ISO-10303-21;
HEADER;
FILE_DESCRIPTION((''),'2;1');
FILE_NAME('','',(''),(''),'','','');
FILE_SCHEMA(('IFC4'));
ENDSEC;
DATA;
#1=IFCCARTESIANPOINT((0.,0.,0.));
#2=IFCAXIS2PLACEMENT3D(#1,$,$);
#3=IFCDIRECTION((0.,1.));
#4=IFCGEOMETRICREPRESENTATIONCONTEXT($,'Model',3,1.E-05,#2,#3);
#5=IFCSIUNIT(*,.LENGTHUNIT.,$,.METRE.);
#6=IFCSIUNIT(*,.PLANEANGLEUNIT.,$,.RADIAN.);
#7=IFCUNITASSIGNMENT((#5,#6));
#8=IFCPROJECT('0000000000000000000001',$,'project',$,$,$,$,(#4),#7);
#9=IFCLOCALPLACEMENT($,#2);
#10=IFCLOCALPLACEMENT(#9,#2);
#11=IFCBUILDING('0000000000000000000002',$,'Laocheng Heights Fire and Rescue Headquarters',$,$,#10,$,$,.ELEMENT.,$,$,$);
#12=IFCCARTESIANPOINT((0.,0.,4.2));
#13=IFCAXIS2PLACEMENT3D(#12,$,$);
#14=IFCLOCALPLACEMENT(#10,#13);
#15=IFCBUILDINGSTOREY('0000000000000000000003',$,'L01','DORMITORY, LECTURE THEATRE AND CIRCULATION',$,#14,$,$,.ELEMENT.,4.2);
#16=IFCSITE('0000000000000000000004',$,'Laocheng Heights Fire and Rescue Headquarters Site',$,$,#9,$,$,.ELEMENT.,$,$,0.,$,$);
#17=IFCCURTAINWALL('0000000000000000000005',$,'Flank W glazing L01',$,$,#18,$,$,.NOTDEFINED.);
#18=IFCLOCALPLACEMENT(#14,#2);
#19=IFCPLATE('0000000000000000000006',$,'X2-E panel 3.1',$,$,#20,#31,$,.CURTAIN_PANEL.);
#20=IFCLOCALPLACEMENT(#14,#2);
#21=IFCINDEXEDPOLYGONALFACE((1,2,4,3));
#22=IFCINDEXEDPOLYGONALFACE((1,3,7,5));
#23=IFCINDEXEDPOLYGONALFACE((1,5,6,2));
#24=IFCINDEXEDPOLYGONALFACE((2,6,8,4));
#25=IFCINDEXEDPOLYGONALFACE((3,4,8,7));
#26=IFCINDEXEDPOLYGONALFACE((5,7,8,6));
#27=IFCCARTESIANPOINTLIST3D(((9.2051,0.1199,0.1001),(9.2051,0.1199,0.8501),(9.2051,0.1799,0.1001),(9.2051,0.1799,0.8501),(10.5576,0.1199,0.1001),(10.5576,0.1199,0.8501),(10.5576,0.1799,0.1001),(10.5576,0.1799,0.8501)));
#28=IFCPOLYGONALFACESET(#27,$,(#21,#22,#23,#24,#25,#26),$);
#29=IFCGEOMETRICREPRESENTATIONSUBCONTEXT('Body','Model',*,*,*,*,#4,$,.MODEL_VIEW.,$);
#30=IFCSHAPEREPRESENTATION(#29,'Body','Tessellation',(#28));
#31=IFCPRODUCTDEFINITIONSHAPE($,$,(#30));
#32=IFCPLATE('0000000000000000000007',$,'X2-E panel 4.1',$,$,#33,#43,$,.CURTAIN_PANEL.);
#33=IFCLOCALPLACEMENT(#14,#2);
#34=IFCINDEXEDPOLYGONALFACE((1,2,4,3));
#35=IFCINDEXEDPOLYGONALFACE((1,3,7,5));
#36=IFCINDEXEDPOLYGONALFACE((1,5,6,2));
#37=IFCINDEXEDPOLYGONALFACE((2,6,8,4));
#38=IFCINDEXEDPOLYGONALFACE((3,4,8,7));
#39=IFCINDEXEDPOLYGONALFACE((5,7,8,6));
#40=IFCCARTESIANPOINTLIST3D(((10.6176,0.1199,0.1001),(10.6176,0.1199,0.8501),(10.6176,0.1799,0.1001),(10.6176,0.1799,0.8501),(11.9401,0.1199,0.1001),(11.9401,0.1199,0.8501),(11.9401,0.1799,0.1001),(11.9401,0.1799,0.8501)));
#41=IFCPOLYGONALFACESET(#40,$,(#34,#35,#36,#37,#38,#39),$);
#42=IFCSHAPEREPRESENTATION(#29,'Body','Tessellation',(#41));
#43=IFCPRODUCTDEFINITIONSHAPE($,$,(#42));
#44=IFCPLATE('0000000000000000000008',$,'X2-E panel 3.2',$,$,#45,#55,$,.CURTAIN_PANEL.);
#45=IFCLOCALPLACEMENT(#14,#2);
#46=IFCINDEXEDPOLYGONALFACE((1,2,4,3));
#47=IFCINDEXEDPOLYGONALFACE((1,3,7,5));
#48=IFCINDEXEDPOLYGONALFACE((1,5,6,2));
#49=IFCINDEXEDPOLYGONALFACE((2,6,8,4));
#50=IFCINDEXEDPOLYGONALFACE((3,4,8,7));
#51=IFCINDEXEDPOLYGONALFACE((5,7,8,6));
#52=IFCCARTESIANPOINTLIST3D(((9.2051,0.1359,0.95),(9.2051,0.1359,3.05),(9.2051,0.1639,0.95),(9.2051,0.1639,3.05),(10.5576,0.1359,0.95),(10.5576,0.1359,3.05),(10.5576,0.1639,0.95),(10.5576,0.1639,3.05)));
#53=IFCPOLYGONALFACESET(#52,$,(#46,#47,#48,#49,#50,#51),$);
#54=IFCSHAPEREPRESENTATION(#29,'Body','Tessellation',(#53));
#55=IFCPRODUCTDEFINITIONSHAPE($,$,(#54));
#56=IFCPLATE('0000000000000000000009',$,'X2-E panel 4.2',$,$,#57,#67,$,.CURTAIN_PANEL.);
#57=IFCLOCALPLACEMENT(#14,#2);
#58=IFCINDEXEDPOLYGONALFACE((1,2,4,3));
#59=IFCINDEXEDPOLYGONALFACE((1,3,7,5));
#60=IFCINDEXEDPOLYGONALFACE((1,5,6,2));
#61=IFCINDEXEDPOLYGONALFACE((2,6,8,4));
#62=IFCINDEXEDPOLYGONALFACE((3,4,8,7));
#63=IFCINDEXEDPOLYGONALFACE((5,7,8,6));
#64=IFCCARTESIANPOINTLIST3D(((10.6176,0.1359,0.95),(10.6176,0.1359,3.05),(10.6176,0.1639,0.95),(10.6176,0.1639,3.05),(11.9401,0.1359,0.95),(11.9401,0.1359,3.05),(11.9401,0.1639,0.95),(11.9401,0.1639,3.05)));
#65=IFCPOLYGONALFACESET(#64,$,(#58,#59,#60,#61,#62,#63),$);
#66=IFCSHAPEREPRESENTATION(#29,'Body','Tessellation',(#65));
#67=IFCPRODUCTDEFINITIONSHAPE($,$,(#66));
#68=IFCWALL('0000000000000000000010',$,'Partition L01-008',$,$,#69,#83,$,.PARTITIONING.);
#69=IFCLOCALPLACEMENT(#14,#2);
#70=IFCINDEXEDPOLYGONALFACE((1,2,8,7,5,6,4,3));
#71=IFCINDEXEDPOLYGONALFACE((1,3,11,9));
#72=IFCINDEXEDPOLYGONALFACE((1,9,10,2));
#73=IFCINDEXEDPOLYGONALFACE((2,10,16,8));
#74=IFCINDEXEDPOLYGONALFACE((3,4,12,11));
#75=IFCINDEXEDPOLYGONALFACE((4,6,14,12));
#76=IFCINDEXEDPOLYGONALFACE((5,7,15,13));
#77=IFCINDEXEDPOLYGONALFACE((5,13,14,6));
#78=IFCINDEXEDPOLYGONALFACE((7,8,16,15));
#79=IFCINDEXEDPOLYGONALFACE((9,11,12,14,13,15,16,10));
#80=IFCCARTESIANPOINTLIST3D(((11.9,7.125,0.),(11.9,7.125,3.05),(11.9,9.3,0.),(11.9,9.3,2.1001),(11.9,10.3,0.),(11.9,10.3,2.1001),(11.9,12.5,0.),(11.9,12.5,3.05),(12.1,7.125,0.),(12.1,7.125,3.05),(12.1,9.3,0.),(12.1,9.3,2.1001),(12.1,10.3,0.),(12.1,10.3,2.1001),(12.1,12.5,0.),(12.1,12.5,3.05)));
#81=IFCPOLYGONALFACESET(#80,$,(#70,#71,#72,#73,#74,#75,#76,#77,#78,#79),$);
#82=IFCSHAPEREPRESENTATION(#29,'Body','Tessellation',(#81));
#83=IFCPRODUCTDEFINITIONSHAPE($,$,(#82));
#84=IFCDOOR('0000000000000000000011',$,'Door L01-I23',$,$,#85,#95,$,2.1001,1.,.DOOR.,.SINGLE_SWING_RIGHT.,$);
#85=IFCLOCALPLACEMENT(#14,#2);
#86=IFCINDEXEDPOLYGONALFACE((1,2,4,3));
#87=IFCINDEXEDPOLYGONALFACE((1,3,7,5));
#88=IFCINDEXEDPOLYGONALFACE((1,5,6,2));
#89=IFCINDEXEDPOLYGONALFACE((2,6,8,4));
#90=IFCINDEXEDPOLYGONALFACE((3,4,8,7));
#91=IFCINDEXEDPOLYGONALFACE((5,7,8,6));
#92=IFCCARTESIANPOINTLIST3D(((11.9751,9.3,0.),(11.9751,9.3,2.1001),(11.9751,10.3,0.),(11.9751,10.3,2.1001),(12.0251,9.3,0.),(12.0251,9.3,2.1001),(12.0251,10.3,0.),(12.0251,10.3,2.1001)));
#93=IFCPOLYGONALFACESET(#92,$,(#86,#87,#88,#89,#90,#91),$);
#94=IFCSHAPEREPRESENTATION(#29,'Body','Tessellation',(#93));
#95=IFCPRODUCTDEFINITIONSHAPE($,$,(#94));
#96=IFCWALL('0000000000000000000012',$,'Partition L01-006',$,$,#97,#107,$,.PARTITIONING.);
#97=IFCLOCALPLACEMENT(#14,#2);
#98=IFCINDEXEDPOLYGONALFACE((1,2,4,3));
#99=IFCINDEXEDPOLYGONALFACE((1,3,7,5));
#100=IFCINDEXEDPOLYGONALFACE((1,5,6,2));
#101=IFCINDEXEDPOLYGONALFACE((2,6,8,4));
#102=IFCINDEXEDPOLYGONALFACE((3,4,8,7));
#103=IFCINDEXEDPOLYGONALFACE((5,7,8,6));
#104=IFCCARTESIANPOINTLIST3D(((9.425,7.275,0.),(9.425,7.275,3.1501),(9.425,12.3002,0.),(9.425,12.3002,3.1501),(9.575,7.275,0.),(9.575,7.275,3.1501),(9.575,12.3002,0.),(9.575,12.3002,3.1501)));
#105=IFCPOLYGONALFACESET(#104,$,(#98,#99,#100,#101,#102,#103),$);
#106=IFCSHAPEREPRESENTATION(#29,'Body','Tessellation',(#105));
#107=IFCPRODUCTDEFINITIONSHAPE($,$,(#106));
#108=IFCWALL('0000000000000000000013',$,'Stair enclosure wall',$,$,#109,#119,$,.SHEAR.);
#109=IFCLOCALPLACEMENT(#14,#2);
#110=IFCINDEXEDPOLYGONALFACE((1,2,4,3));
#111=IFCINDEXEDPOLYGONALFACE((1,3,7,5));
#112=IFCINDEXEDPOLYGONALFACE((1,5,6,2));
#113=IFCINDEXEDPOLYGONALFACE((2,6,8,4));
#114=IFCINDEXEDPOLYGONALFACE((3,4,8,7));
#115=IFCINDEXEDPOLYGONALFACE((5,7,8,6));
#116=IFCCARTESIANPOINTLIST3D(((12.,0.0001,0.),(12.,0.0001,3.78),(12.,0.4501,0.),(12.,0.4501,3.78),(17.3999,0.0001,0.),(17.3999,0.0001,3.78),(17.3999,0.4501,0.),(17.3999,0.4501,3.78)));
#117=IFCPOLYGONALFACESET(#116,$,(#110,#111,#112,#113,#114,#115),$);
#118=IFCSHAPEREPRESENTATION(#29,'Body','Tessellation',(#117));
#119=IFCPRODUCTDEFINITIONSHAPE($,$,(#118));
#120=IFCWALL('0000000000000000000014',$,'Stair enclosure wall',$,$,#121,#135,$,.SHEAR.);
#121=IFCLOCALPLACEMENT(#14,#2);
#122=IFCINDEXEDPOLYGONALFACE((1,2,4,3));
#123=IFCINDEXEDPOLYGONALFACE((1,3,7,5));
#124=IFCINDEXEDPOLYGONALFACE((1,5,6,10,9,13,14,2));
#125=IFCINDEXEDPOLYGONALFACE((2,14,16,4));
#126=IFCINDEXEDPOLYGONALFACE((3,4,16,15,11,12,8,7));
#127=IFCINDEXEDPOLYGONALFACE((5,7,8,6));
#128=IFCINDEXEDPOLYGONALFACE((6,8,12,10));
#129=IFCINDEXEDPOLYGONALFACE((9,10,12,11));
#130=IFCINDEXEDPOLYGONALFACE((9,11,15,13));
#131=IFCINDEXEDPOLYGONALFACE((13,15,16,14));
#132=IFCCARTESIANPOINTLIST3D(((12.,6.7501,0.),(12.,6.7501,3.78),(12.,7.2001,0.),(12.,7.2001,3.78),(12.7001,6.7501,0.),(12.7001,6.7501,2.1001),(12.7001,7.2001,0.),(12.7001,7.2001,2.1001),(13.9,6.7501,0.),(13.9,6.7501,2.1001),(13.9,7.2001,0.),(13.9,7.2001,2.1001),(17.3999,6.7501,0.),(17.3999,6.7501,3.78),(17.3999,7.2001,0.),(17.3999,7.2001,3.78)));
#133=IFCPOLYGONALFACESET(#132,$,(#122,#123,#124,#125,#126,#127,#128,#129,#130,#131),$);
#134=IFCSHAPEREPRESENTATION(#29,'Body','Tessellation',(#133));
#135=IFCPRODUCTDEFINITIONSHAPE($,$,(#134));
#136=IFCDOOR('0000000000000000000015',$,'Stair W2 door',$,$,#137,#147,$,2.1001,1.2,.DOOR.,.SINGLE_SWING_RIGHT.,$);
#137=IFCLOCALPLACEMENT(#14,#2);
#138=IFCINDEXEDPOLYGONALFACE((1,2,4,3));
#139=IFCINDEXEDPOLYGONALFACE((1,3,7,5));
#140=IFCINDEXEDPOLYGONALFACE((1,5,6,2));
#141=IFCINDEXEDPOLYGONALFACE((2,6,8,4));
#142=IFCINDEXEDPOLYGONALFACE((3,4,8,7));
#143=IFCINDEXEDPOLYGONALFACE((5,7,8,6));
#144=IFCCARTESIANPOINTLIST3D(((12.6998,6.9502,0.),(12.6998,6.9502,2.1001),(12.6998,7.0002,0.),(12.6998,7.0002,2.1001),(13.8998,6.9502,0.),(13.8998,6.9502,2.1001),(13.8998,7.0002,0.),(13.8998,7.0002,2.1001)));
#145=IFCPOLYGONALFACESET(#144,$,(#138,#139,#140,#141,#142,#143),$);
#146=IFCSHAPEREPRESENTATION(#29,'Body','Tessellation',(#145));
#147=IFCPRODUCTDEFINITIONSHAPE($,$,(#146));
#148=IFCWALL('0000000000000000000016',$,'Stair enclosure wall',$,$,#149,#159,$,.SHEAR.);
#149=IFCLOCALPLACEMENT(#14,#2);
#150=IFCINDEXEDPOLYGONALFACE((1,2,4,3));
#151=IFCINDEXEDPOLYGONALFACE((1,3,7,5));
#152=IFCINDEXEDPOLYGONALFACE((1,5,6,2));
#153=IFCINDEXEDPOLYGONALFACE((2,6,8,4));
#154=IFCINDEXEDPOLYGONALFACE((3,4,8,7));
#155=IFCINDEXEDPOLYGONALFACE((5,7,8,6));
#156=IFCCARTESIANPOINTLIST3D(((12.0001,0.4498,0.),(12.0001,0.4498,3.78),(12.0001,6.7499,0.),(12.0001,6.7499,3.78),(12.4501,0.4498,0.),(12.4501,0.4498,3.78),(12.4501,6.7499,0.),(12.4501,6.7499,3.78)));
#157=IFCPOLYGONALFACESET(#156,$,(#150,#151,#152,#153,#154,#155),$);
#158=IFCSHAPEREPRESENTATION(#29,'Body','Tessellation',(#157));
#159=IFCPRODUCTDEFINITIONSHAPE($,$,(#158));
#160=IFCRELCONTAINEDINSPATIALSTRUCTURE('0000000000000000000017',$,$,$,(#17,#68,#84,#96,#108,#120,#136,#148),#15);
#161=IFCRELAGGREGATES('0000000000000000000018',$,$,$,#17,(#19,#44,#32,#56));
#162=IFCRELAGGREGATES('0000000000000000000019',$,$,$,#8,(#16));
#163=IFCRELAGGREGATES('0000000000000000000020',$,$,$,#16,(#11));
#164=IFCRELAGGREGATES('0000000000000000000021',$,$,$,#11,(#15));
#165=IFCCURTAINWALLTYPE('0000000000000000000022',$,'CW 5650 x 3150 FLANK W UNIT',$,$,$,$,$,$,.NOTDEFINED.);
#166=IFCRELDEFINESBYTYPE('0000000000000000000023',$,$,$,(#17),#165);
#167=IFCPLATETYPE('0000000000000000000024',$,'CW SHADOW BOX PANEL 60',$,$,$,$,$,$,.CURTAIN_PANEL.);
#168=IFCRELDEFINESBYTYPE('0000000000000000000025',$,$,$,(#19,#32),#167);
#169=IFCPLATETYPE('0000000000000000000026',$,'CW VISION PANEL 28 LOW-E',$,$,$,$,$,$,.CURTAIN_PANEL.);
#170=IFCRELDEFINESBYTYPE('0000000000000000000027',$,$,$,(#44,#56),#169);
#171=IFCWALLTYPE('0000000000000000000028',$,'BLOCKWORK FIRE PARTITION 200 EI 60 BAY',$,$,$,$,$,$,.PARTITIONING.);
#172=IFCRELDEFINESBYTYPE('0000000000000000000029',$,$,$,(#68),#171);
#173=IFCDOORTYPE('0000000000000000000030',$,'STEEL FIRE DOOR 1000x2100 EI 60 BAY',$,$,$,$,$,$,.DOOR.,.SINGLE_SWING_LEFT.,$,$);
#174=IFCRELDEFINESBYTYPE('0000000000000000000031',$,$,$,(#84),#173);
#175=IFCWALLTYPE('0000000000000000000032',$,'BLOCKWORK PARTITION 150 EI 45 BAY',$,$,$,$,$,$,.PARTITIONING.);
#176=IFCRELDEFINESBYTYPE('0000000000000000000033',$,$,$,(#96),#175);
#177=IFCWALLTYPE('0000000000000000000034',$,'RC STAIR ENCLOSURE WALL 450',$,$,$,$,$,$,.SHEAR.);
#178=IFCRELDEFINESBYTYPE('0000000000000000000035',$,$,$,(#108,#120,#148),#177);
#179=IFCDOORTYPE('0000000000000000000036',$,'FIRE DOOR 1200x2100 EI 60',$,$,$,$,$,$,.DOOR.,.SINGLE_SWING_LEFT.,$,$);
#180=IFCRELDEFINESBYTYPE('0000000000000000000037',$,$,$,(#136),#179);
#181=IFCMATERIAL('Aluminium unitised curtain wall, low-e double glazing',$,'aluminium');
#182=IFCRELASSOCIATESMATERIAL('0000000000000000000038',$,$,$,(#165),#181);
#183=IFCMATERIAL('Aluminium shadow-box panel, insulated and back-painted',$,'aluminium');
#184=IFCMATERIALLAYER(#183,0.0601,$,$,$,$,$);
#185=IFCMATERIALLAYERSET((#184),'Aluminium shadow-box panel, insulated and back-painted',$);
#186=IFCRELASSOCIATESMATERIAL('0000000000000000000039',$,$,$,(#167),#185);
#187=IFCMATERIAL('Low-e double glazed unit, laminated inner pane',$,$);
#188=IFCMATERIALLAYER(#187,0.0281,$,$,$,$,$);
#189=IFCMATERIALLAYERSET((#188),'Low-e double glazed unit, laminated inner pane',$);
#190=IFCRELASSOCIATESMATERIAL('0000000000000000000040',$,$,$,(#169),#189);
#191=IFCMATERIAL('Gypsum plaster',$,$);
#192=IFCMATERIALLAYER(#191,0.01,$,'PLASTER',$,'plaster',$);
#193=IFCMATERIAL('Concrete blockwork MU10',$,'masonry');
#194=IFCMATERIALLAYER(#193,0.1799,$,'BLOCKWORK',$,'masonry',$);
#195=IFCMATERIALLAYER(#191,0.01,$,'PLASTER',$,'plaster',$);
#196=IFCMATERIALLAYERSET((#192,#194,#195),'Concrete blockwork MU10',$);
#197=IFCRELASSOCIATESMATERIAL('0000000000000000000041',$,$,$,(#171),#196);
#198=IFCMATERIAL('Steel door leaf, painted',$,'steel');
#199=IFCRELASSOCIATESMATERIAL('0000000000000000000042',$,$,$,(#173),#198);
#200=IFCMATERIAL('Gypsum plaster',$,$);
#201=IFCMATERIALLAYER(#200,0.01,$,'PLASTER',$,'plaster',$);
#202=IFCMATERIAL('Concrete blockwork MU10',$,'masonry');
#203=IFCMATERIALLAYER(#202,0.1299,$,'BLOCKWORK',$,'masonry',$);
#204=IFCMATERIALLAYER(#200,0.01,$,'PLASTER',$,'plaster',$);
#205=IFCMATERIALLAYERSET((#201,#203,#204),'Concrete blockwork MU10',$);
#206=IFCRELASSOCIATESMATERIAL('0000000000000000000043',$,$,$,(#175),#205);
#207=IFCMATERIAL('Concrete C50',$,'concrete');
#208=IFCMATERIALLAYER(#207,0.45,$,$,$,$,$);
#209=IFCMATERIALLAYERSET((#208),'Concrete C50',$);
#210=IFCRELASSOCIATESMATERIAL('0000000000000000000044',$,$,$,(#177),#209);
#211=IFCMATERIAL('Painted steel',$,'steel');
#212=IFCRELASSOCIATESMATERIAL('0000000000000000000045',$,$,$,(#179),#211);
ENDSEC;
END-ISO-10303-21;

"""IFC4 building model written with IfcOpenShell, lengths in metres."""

from ifc_helpers import new_model, si_unit, direction, frame, frame_2d, origin, origin_2d, place, context, subcontext, project, spatial, rectangle, extrude, material, layer, layer_set, type_object, element, fill, aggregate, save


model = new_model("IFC4")

# Units and contexts
model_context = context("Model", 3, precision=1e-05, world=origin(), true_north=direction((0.0, 1.0)))
body_context = subcontext(model_context, "Body", "Model", "MODEL_VIEW")
ifc_project = project(units=[si_unit("LENGTHUNIT", "METRE"), si_unit("PLANEANGLEUNIT", "RADIAN")], contexts=[model_context])

# Site, building, storey
site_placement = place(None, origin())
site = spatial("IfcSite", under=ifc_project, at=site_placement, Name="Laocheng Heights Fire and Rescue Headquarters Site", CompositionType="ELEMENT", RefElevation=0.0)
building_placement = place(site_placement, origin())
building = spatial("IfcBuilding", under=site, at=building_placement, Name="Laocheng Heights Fire and Rescue Headquarters", CompositionType="ELEMENT")
storey_placement = place(building_placement, frame((0.0, 0.0, 4.2)))
storey = spatial("IfcBuildingStorey", under=building, at=storey_placement, Name="L01", Description="DORMITORY, LECTURE THEATRE AND CIRCULATION", CompositionType="ELEMENT", Elevation=4.2)

# Curtain wall
ifc_material_1 = material(Name="Aluminium unitised curtain wall, low-e double glazing", Category="aluminium")
curtain_wall_type = type_object("IfcCurtainWallType", Name="CW 5650 x 3150 FLANK W UNIT", PredefinedType="NOTDEFINED", material=ifc_material_1)
curtain_wall_placement = place(storey_placement, origin())
curtain_wall = element("IfcCurtainWall", 1, at=curtain_wall_placement, inside=storey, type_object=curtain_wall_type, Name="Flank W glazing L01", PredefinedType="NOTDEFINED")

# Plates
ifc_material_2 = material(Name="Aluminium shadow-box panel, insulated and back-painted", Category="aluminium")
ifc_layer_1 = layer(ifc_material_2, 0.0601)
ifc_layer_set_1 = layer_set([ifc_layer_1], Name="Aluminium shadow-box panel, insulated and back-painted")
plate_type_1 = type_object("IfcPlateType", Name="CW SHADOW BOX PANEL 60", PredefinedType="CURTAIN_PANEL", material=ifc_layer_set_1)
plate_1_placement = place(storey_placement, frame((9.8813, 0.1499, 0.1001), z_axis=(0.0, 0.0, 1.0), x_axis=(1.0, 0.0, 0.0)))
plate_1 = element("IfcPlate", 2, at=plate_1_placement, type_object=plate_type_1, Name="X2-E panel 3.1", PredefinedType="CURTAIN_PANEL", context=body_context, shape_type="SweptSolid", body=[
    extrude(rectangle(XDim=1.3525, YDim=0.0601, at=origin_2d()), origin(), (0.0, 0.0, 1.0), 0.75),
])
plate_2_placement = place(storey_placement, frame((11.2788, 0.1499, 0.1001), z_axis=(0.0, 0.0, 1.0), x_axis=(1.0, 0.0, 0.0)))
plate_2 = element("IfcPlate", 3, at=plate_2_placement, type_object=plate_type_1, Name="X2-E panel 4.1", PredefinedType="CURTAIN_PANEL", context=body_context, shape_type="SweptSolid", body=[
    extrude(rectangle(XDim=1.3225, YDim=0.0601, at=origin_2d()), origin(), (0.0, 0.0, 1.0), 0.75),
])
ifc_material_3 = material(Name="Low-e double glazed unit, laminated inner pane")
ifc_layer_2 = layer(ifc_material_3, 0.0281)
ifc_layer_set_2 = layer_set([ifc_layer_2], Name="Low-e double glazed unit, laminated inner pane")
plate_type_2 = type_object("IfcPlateType", Name="CW VISION PANEL 28 LOW-E", PredefinedType="CURTAIN_PANEL", material=ifc_layer_set_2)
plate_3_placement = place(storey_placement, frame((9.8813, 0.1499, 0.95), z_axis=(0.0, 0.0, 1.0), x_axis=(1.0, 0.0, 0.0)))
plate_3 = element("IfcPlate", 4, at=plate_3_placement, type_object=plate_type_2, Name="X2-E panel 3.2", PredefinedType="CURTAIN_PANEL", context=body_context, shape_type="SweptSolid", body=[
    extrude(rectangle(XDim=1.3525, YDim=0.0281, at=origin_2d()), origin(), (0.0, 0.0, 1.0), 2.1001),
])
plate_4_placement = place(storey_placement, frame((11.2788, 0.1499, 0.95), z_axis=(0.0, 0.0, 1.0), x_axis=(1.0, 0.0, 0.0)))
plate_4 = element("IfcPlate", 5, at=plate_4_placement, type_object=plate_type_2, Name="X2-E panel 4.2", PredefinedType="CURTAIN_PANEL", context=body_context, shape_type="SweptSolid", body=[
    extrude(rectangle(XDim=1.3225, YDim=0.0281, at=origin_2d()), origin(), (0.0, 0.0, 1.0), 2.1001),
])
aggregate(curtain_wall, [plate_1, plate_3, plate_2, plate_4])

# Wall, opening, door
ifc_material_4 = material(Name="Gypsum plaster")
ifc_layer_3 = layer(ifc_material_4, 0.01, Name="PLASTER", Category="plaster")
ifc_material_5 = material(Name="Concrete blockwork MU10", Category="masonry")
ifc_layer_4 = layer(ifc_material_5, 0.1799, Name="BLOCKWORK", Category="masonry")
ifc_layer_5 = layer(ifc_material_4, 0.01, Name="PLASTER", Category="plaster")
ifc_layer_set_3 = layer_set([ifc_layer_3, ifc_layer_4, ifc_layer_5], Name="Concrete blockwork MU10")
wall_type_1 = type_object("IfcWallType", Name="BLOCKWORK FIRE PARTITION 200 EI 60 BAY", PredefinedType="PARTITIONING", material=ifc_layer_set_3)
wall_1_placement = place(storey_placement, frame((12.0, 7.125, 0.0), z_axis=(0.0, 0.0, 1.0), x_axis=(0.0, 1.0, 0.0)))
wall_1 = element("IfcWall", 6, at=wall_1_placement, inside=storey, type_object=wall_type_1, Name="Partition L01-008", PredefinedType="PARTITIONING", context=body_context, shape_type="SweptSolid", body=[
    extrude(rectangle(XDim=5.375, YDim=0.2, at=frame_2d((2.6875, 0.0))), origin(), (0.0, 0.0, 1.0), 3.05),
])
opening_1_placement = place(wall_1_placement, frame((2.175, 0.0, 0.0)))
opening_1 = element("IfcOpeningElement", 7, at=opening_1_placement, cuts=wall_1, PredefinedType="OPENING", context=body_context, shape_type="SweptSolid", body=[
    extrude(rectangle(XDim=1.0, YDim=2.1001, at=frame_2d((0.5, 1.05))), frame((0.0, 0.1099, 0.0), z_axis=(0.0, -1.0, 0.0), x_axis=(1.0, 0.0, 0.0)), (0.0, 0.0, 1.0), 0.22),
])
ifc_material_6 = material(Name="Steel door leaf, painted", Category="steel")
door_type_1 = type_object("IfcDoorType", Name="STEEL FIRE DOOR 1000x2100 EI 60 BAY", OperationType="SINGLE_SWING_LEFT", PredefinedType="DOOR", material=ifc_material_6)
door_1_placement = place(opening_1_placement, origin())
door_1 = element("IfcDoor", 8, at=door_1_placement, inside=storey, type_object=door_type_1, Name="Door L01-I23", OperationType="SINGLE_SWING_RIGHT", OverallHeight=2.1001, OverallWidth=1.0, PredefinedType="DOOR", context=body_context, shape_type="SweptSolid", body=[
    extrude(rectangle(XDim=1.0, YDim=2.1001, at=frame_2d((0.5, 1.05))), frame((0.0, 0.0249, 0.0), z_axis=(0.0, -1.0, 0.0), x_axis=(1.0, 0.0, 0.0)), (0.0, 0.0, 1.0), 0.05),
])
fill(opening_1, door_1)

# Walls
ifc_material_7 = material(Name="Gypsum plaster")
ifc_layer_6 = layer(ifc_material_7, 0.01, Name="PLASTER", Category="plaster")
ifc_material_8 = material(Name="Concrete blockwork MU10", Category="masonry")
ifc_layer_7 = layer(ifc_material_8, 0.1299, Name="BLOCKWORK", Category="masonry")
ifc_layer_8 = layer(ifc_material_7, 0.01, Name="PLASTER", Category="plaster")
ifc_layer_set_4 = layer_set([ifc_layer_6, ifc_layer_7, ifc_layer_8], Name="Concrete blockwork MU10")
wall_type_2 = type_object("IfcWallType", Name="BLOCKWORK PARTITION 150 EI 45 BAY", PredefinedType="PARTITIONING", material=ifc_layer_set_4)
wall_2_placement = place(storey_placement, frame((9.5, 7.2749, 0.0), z_axis=(0.0, 0.0, 1.0), x_axis=(0.0, 1.0, 0.0)))
element("IfcWall", 9, at=wall_2_placement, inside=storey, type_object=wall_type_2, Name="Partition L01-006", PredefinedType="PARTITIONING", context=body_context, shape_type="SweptSolid", body=[
    extrude(rectangle(XDim=5.0251, YDim=0.1499, at=frame_2d((2.5127, 0.0))), origin(), (0.0, 0.0, 1.0), 3.1501),
])
ifc_material_9 = material(Name="Concrete C50", Category="concrete")
ifc_layer_9 = layer(ifc_material_9, 0.45)
ifc_layer_set_5 = layer_set([ifc_layer_9], Name="Concrete C50")
wall_type_3 = type_object("IfcWallType", Name="RC STAIR ENCLOSURE WALL 450", PredefinedType="SHEAR", material=ifc_layer_set_5)
wall_3_placement = place(storey_placement, frame((12.0, 0.2251, 0.0), z_axis=(0.0, 0.0, 1.0), x_axis=(1.0, 0.0, 0.0)))
element("IfcWall", 10, at=wall_3_placement, inside=storey, type_object=wall_type_3, Name="Stair enclosure wall", PredefinedType="SHEAR", context=body_context, shape_type="SweptSolid", body=[
    extrude(rectangle(XDim=5.3999, YDim=0.45, at=frame_2d((2.7, 0.0))), origin(), (0.0, 0.0, 1.0), 3.78),
])

# Wall, opening, door
wall_4_placement = place(storey_placement, frame((12.0, 6.9751, 0.0), z_axis=(0.0, 0.0, 1.0), x_axis=(1.0, 0.0, 0.0)))
wall_4 = element("IfcWall", 11, at=wall_4_placement, inside=storey, type_object=wall_type_3, Name="Stair enclosure wall", PredefinedType="SHEAR", context=body_context, shape_type="SweptSolid", body=[
    extrude(rectangle(XDim=5.3999, YDim=0.45, at=frame_2d((2.7, 0.0))), origin(), (0.0, 0.0, 1.0), 3.78),
])
opening_2_placement = place(wall_4_placement, frame((0.7, 0.0, 0.0)))
opening_2 = element("IfcOpeningElement", 12, at=opening_2_placement, cuts=wall_4, PredefinedType="OPENING", context=body_context, shape_type="SweptSolid", body=[
    extrude(rectangle(XDim=1.2, YDim=2.1001, at=frame_2d((0.6001, 1.05))), frame((0.0, 0.2349, 0.0), z_axis=(0.0, -1.0, 0.0), x_axis=(1.0, 0.0, 0.0)), (0.0, 0.0, 1.0), 0.47),
])
ifc_material_10 = material(Name="Painted steel", Category="steel")
door_type_2 = type_object("IfcDoorType", Name="FIRE DOOR 1200x2100 EI 60", OperationType="SINGLE_SWING_LEFT", PredefinedType="DOOR", material=ifc_material_10)
door_2_placement = place(opening_2_placement, frame((1.2, 0.0, 0.0), z_axis=(0.0, 0.0, 1.0), x_axis=(-1.0, 0.0, 0.0)))
door_2 = element("IfcDoor", 13, at=door_2_placement, inside=storey, type_object=door_type_2, Name="Stair W2 door", OperationType="SINGLE_SWING_RIGHT", OverallHeight=2.1001, OverallWidth=1.2, PredefinedType="DOOR", context=body_context, shape_type="SweptSolid", body=[
    extrude(rectangle(XDim=1.2, YDim=2.1001, at=frame_2d((0.6001, 1.05))), frame((0.0, 0.0249, 0.0), z_axis=(0.0, -1.0, 0.0), x_axis=(1.0, 0.0, 0.0)), (0.0, 0.0, 1.0), 0.05),
])
fill(opening_2, door_2)

# Wall
wall_5_placement = place(storey_placement, frame((12.2251, 0.45, 0.0), z_axis=(0.0, 0.0, 1.0), x_axis=(0.0, 1.0, 0.0)))
element("IfcWall", 14, at=wall_5_placement, inside=storey, type_object=wall_type_3, Name="Stair enclosure wall", PredefinedType="SHEAR", context=body_context, shape_type="SweptSolid", body=[
    extrude(rectangle(XDim=6.3, YDim=0.45, at=frame_2d((3.1499, 0.0))), origin(), (0.0, 0.0, 1.0), 3.78),
])

save(model, "model.ifc")
